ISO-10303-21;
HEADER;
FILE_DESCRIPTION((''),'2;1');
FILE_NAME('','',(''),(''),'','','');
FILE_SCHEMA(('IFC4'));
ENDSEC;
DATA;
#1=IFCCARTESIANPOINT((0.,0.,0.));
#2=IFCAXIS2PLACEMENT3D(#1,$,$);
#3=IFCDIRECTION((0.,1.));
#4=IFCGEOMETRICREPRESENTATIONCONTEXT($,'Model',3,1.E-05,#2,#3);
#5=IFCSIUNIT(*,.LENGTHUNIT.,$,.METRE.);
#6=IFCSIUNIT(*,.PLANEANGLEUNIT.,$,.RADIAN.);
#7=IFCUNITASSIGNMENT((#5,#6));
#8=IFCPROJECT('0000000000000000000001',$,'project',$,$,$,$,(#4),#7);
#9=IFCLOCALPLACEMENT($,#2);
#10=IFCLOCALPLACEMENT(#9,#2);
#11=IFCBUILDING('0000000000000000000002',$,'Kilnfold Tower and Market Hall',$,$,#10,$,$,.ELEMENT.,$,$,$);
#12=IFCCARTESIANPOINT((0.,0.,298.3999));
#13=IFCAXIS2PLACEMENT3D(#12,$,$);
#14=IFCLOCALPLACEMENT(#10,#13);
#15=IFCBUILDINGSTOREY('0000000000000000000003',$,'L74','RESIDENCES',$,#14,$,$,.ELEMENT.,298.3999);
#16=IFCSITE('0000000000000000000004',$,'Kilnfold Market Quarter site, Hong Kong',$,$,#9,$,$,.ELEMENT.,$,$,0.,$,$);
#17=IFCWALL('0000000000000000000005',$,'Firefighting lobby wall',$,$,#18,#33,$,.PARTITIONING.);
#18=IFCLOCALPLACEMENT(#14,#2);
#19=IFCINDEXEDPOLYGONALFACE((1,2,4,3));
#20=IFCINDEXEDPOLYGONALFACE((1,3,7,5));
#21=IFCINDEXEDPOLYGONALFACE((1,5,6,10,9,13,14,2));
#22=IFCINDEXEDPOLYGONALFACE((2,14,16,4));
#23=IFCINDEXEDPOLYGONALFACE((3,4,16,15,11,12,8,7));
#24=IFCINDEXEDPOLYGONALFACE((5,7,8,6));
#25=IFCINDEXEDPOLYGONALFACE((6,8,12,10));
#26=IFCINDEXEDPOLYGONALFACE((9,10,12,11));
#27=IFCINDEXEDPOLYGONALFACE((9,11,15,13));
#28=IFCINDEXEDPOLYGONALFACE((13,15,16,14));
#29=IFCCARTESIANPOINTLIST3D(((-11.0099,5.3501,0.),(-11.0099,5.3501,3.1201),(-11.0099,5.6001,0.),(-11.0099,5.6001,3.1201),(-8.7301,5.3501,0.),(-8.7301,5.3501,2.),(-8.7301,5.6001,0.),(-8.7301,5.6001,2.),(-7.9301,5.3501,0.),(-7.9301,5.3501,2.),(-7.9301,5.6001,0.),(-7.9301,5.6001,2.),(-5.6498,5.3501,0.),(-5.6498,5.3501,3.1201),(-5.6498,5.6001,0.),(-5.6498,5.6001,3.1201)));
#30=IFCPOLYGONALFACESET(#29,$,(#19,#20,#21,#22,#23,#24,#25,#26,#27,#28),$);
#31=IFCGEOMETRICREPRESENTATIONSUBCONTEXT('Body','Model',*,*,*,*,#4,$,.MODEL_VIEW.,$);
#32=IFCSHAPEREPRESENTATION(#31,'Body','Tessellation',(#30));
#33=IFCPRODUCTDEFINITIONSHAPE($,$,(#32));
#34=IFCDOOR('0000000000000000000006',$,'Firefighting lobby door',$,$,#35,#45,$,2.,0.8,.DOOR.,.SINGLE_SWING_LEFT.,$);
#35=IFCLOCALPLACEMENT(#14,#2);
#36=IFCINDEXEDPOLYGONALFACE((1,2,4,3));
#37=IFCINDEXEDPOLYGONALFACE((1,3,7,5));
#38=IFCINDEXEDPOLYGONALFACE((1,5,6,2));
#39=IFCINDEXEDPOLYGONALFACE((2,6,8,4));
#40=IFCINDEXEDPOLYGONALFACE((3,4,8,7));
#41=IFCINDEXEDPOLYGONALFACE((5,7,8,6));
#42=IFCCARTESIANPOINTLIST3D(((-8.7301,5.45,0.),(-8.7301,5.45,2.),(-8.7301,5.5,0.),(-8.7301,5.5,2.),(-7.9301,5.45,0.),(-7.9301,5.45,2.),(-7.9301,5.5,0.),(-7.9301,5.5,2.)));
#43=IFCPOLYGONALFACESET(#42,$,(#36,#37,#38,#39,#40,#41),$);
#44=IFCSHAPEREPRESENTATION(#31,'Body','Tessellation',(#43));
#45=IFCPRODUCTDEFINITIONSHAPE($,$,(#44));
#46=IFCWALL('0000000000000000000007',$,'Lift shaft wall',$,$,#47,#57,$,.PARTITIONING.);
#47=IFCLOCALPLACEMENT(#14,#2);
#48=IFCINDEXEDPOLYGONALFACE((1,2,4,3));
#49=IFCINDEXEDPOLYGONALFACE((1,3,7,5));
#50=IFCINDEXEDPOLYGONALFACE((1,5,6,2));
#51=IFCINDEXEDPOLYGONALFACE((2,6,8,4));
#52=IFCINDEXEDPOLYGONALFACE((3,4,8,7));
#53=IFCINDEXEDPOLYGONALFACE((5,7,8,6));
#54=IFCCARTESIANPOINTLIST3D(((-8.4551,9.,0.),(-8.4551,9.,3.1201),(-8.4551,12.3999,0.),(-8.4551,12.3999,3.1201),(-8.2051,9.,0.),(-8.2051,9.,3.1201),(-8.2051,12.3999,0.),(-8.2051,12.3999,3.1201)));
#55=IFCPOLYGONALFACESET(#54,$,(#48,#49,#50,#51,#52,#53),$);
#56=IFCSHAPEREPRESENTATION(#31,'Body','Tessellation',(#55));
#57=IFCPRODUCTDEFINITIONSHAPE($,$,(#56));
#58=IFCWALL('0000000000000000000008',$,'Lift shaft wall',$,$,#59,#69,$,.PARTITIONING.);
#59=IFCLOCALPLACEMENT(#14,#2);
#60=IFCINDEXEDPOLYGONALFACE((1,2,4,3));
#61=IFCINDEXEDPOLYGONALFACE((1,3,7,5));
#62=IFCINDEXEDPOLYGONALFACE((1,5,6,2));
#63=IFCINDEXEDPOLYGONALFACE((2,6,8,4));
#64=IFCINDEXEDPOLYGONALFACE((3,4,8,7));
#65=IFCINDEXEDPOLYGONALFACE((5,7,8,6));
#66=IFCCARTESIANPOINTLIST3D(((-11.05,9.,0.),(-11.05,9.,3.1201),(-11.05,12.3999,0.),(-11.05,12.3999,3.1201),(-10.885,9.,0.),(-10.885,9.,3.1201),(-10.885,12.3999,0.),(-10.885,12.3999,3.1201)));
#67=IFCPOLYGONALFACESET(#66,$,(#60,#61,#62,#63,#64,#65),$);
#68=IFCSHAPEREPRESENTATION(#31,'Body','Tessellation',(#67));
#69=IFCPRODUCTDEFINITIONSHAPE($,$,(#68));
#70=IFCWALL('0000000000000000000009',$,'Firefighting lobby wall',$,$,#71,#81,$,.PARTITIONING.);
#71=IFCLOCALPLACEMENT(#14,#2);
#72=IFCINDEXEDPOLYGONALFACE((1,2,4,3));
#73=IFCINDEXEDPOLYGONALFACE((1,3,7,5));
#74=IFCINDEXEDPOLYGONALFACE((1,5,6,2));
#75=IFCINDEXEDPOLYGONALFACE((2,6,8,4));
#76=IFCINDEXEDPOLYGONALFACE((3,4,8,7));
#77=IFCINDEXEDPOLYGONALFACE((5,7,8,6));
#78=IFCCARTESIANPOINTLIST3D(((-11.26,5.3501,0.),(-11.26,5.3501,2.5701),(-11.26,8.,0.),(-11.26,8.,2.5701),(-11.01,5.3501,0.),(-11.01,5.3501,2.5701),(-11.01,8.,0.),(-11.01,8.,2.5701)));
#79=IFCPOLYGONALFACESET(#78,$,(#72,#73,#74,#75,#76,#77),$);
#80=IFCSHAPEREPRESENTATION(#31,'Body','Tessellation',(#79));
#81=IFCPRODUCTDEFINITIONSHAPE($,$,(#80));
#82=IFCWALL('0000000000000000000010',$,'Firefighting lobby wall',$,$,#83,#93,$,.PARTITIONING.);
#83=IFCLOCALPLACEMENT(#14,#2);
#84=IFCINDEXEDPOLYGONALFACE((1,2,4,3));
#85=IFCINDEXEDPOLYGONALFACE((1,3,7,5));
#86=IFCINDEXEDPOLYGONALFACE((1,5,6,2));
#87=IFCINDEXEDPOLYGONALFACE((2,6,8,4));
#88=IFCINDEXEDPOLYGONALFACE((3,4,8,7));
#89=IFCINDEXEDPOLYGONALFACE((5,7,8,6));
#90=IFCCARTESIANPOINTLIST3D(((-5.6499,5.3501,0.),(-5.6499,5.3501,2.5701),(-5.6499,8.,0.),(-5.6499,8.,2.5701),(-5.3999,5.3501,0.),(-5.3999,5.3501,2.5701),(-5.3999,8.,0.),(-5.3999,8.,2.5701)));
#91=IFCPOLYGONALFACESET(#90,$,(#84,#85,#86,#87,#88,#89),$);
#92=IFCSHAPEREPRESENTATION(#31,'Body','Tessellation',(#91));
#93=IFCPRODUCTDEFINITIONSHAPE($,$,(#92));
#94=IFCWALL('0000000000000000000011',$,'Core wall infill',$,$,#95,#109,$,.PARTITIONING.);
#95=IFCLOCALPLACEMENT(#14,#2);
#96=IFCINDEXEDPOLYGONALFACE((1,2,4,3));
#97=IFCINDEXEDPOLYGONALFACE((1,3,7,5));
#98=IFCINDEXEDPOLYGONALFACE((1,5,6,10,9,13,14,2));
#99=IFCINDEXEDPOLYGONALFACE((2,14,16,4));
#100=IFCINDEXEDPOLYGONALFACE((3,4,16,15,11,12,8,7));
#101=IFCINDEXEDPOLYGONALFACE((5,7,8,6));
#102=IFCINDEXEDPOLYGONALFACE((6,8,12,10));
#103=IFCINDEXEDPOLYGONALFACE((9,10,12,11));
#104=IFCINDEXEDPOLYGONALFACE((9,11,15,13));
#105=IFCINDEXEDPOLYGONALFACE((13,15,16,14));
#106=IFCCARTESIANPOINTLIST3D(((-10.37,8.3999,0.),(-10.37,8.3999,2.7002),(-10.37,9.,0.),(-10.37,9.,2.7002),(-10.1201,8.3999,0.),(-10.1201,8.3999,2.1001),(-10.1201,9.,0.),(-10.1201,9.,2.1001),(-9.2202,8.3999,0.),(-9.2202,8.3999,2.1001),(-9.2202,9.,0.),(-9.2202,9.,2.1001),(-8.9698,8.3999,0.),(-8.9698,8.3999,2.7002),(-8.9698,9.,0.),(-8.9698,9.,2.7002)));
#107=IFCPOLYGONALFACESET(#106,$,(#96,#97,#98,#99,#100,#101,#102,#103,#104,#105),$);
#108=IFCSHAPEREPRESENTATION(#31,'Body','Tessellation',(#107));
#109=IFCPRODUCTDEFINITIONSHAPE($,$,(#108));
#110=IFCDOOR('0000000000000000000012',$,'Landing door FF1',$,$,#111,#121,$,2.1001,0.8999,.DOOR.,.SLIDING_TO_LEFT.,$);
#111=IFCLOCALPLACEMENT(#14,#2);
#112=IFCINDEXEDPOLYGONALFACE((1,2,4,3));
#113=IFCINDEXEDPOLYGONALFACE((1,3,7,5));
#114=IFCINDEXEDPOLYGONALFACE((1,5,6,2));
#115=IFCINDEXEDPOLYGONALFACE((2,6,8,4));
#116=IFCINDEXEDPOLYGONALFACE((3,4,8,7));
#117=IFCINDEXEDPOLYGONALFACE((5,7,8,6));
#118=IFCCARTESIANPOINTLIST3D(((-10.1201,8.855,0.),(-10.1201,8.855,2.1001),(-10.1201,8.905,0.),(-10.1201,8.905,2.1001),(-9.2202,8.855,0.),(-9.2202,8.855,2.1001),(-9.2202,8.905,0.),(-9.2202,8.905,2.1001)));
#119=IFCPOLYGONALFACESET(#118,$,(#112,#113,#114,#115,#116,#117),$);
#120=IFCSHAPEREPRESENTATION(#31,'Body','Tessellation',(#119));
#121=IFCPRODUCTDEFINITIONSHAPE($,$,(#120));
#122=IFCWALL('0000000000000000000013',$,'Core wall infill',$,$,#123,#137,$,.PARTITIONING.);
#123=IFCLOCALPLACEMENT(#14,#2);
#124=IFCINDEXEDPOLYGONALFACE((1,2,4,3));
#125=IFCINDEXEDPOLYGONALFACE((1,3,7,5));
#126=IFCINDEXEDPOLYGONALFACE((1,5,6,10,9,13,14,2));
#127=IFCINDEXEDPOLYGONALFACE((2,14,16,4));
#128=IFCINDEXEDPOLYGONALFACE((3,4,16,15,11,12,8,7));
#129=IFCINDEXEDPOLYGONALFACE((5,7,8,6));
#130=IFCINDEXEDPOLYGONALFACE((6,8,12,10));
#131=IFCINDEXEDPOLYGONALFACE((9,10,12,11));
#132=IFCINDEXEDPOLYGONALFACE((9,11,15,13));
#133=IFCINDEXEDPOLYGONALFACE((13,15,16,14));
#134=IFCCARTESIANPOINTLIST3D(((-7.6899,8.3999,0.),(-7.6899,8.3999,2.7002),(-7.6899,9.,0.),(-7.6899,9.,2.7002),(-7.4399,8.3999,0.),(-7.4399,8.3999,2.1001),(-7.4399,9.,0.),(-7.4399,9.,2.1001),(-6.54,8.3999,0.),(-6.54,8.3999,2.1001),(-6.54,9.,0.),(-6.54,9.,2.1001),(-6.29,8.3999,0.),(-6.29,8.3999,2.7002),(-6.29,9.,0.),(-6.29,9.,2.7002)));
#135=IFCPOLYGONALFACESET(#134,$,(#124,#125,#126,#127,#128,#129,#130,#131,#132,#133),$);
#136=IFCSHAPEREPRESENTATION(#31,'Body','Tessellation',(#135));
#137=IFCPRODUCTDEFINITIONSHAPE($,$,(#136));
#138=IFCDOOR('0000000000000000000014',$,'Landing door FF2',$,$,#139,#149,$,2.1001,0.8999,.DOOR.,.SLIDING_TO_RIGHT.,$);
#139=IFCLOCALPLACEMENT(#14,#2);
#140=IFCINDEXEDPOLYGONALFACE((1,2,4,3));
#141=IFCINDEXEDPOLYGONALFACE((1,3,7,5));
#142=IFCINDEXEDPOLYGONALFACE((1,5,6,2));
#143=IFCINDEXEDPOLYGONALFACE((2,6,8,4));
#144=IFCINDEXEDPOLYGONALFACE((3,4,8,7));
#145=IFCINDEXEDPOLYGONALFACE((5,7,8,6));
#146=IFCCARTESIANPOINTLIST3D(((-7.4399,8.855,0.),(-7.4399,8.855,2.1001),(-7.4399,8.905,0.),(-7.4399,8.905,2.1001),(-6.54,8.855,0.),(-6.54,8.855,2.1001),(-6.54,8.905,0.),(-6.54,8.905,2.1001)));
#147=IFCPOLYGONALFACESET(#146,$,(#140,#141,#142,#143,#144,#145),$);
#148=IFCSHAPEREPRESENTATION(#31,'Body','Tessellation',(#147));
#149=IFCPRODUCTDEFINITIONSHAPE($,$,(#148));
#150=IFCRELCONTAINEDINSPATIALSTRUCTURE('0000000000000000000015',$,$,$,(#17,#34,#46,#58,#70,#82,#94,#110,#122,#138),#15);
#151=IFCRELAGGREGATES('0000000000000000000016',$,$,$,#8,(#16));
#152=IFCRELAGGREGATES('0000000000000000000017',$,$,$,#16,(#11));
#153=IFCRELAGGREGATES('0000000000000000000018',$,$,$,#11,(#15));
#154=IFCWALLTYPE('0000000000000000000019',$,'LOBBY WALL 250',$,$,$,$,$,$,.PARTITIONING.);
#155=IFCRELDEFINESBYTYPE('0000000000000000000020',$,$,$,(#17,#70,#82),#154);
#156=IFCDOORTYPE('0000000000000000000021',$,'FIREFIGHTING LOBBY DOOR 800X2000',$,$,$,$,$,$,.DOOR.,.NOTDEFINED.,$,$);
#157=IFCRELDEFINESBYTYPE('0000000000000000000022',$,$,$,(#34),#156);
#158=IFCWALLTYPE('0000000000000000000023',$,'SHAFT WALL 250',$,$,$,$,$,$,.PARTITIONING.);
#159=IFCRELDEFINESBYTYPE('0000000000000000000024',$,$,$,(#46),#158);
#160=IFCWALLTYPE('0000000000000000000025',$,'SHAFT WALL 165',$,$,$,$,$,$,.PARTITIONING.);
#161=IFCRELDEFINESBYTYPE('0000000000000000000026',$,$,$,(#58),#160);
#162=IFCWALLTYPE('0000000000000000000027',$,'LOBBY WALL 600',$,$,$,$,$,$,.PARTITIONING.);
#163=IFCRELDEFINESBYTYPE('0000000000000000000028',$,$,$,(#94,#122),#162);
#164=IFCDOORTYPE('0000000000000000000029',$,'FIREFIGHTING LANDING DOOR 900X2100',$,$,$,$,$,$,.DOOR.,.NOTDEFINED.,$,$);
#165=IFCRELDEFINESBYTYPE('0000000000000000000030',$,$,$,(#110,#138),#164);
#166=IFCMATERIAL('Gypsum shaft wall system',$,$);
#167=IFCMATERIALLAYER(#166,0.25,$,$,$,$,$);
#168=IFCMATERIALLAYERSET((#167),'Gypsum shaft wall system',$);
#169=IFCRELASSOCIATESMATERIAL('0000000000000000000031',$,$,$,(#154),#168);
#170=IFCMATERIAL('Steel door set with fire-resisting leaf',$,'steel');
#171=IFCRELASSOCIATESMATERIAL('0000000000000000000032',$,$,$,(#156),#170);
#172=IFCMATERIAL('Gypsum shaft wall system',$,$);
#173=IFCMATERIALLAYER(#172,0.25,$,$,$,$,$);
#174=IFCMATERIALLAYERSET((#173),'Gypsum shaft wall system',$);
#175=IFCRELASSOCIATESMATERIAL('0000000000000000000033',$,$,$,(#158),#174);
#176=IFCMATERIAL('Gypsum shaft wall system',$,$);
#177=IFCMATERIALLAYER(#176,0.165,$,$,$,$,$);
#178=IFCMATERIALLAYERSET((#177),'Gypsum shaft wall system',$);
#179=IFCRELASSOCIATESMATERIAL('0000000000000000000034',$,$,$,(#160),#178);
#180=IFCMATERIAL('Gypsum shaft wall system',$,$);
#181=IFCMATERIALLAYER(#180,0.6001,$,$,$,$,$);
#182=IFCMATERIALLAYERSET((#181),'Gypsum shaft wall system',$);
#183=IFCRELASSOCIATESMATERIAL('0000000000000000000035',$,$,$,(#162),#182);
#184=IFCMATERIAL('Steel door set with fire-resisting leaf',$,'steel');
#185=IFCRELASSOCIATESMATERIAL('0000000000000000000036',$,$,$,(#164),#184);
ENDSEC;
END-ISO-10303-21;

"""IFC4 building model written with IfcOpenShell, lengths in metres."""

from ifc_helpers import new_model, si_unit, direction, frame, frame_2d, origin, place, context, subcontext, project, spatial, rectangle, extrude, source, transform, mapped, material, layer, layer_set, type_object, element, fill, save


model = new_model("IFC4")

# Units and contexts
model_context = context("Model", 3, precision=1e-05, world=origin(), true_north=direction((0.0, 1.0)))
body_context = subcontext(model_context, "Body", "Model", "MODEL_VIEW")
ifc_project = project(units=[si_unit("LENGTHUNIT", "METRE"), si_unit("PLANEANGLEUNIT", "RADIAN")], contexts=[model_context])

# Site, building, storey
site_placement = place(None, origin())
site = spatial("IfcSite", under=ifc_project, at=site_placement, Name="Kilnfold Market Quarter site, Hong Kong", CompositionType="ELEMENT", RefElevation=0.0)
building_placement = place(site_placement, origin())
building = spatial("IfcBuilding", under=site, at=building_placement, Name="Kilnfold Tower and Market Hall", CompositionType="ELEMENT")
storey_placement = place(building_placement, frame((0.0, 0.0, 298.3999)))
storey = spatial("IfcBuildingStorey", under=building, at=storey_placement, Name="L74", Description="RESIDENCES", CompositionType="ELEMENT", Elevation=298.3999)

# Wall, opening, door
ifc_material_1 = material(Name="Gypsum shaft wall system")
ifc_layer_1 = layer(ifc_material_1, 0.25)
ifc_layer_set_1 = layer_set([ifc_layer_1], Name="Gypsum shaft wall system")
wall_type_1 = type_object("IfcWallType", Name="LOBBY WALL 250", PredefinedType="PARTITIONING", material=ifc_layer_set_1)
shared_shape_1 = source(origin(), body_context, "Body", "SweptSolid", [
    extrude(rectangle(XDim=5.3601, YDim=0.25, at=frame_2d((2.6802, 0.0))), origin(), (0.0, 0.0, 1.0), 3.1201),
])
wall_1_placement = place(storey_placement, frame((-11.01, 5.4751, 0.0), z_axis=(0.0, 0.0, 1.0), x_axis=(1.0, 0.0, 0.0)))
wall_1 = element("IfcWall", 1, at=wall_1_placement, inside=storey, type_object=wall_type_1, Name="Firefighting lobby wall", PredefinedType="PARTITIONING", context=body_context, shape_type="MappedRepresentation", body=[
    mapped(shared_shape_1, transform((0.0, 0.0, 0.0))),
])
opening_1_placement = place(wall_1_placement, frame((2.28, 0.0, 0.0)))
opening_1 = element("IfcOpeningElement", 2, at=opening_1_placement, cuts=wall_1, PredefinedType="OPENING", context=body_context, shape_type="SweptSolid", body=[
    extrude(rectangle(XDim=0.8, YDim=2.0, at=frame_2d((0.3999, 1.0))), frame((0.0, 0.135, 0.0), z_axis=(0.0, -1.0, 0.0), x_axis=(1.0, 0.0, 0.0)), (0.0, 0.0, 1.0), 0.27),
])
ifc_material_2 = material(Name="Steel door set with fire-resisting leaf", Category="steel")
door_type_1 = type_object("IfcDoorType", Name="FIREFIGHTING LOBBY DOOR 800X2000", OperationType="NOTDEFINED", PredefinedType="DOOR", material=ifc_material_2)
door_1_placement = place(opening_1_placement, origin())
door_1 = element("IfcDoor", 3, at=door_1_placement, inside=storey, type_object=door_type_1, Name="Firefighting lobby door", OperationType="SINGLE_SWING_LEFT", OverallHeight=2.0, OverallWidth=0.8, PredefinedType="DOOR", context=body_context, shape_type="SweptSolid", body=[
    extrude(rectangle(XDim=0.8, YDim=2.0, at=frame_2d((0.3999, 1.0))), frame((0.0, 0.0249, 0.0), z_axis=(0.0, -1.0, 0.0), x_axis=(1.0, 0.0, 0.0)), (0.0, 0.0, 1.0), 0.05),
])
fill(opening_1, door_1)

# Walls
ifc_material_3 = material(Name="Gypsum shaft wall system")
ifc_layer_2 = layer(ifc_material_3, 0.25)
ifc_layer_set_2 = layer_set([ifc_layer_2], Name="Gypsum shaft wall system")
wall_type_2 = type_object("IfcWallType", Name="SHAFT WALL 250", PredefinedType="PARTITIONING", material=ifc_layer_set_2)
shared_shape_2 = source(origin(), body_context, "Body", "SweptSolid", [
    extrude(rectangle(XDim=3.3999, YDim=0.25, at=frame_2d((1.7, 0.0))), origin(), (0.0, 0.0, 1.0), 3.1201),
])
wall_2_placement = place(storey_placement, frame((-8.3301, 9.0, 0.0), z_axis=(0.0, 0.0, 1.0), x_axis=(0.0, 1.0, 0.0)))
element("IfcWall", 4, at=wall_2_placement, inside=storey, type_object=wall_type_2, Name="Lift shaft wall", PredefinedType="PARTITIONING", context=body_context, shape_type="MappedRepresentation", body=[
    mapped(shared_shape_2, transform((0.0, 0.0, 0.0))),
])
ifc_material_4 = material(Name="Gypsum shaft wall system")
ifc_layer_3 = layer(ifc_material_4, 0.165)
ifc_layer_set_3 = layer_set([ifc_layer_3], Name="Gypsum shaft wall system")
wall_type_3 = type_object("IfcWallType", Name="SHAFT WALL 165", PredefinedType="PARTITIONING", material=ifc_layer_set_3)
shared_shape_3 = source(origin(), body_context, "Body", "SweptSolid", [
    extrude(rectangle(XDim=3.3999, YDim=0.165, at=frame_2d((1.7, 0.0))), origin(), (0.0, 0.0, 1.0), 3.1201),
])
wall_3_placement = place(storey_placement, frame((-10.9675, 9.0, 0.0), z_axis=(0.0, 0.0, 1.0), x_axis=(0.0, 1.0, 0.0)))
element("IfcWall", 5, at=wall_3_placement, inside=storey, type_object=wall_type_3, Name="Lift shaft wall", PredefinedType="PARTITIONING", context=body_context, shape_type="MappedRepresentation", body=[
    mapped(shared_shape_3, transform((0.0, 0.0, 0.0))),
])
shared_shape_4 = source(origin(), body_context, "Body", "SweptSolid", [
    extrude(rectangle(XDim=2.6499, YDim=0.25, at=frame_2d((1.325, 0.0))), origin(), (0.0, 0.0, 1.0), 2.5701),
])
for number, where, z_axis, x_axis, name in (
    (6, (-11.135, 5.3501, 0.0), (0.0, 0.0, 1.0), (0.0, 1.0, 0.0), "Firefighting lobby wall"),
    (7, (-5.5249, 5.3501, 0.0), (0.0, 0.0, 1.0), (0.0, 1.0, 0.0), "Firefighting lobby wall"),
):
    element("IfcWall", number, at=place(storey_placement, frame(where, z_axis=z_axis, x_axis=x_axis)), inside=storey, type_object=wall_type_1, Name=name, PredefinedType="PARTITIONING", context=body_context, shape_type="MappedRepresentation", body=[
        mapped(shared_shape_4, transform((0.0, 0.0, 0.0))),
    ])

# Walls, openings, doors
ifc_material_5 = material(Name="Gypsum shaft wall system")
ifc_layer_4 = layer(ifc_material_5, 0.6001)
ifc_layer_set_4 = layer_set([ifc_layer_4], Name="Gypsum shaft wall system")
wall_type_4 = type_object("IfcWallType", Name="LOBBY WALL 600", PredefinedType="PARTITIONING", material=ifc_layer_set_4)
shared_shape_5 = source(origin(), body_context, "Body", "SweptSolid", [
    extrude(rectangle(XDim=1.4001, YDim=0.6001, at=frame_2d((0.7002, 0.0))), origin(), (0.0, 0.0, 1.0), 2.7002),
])
wall_4_placement = place(storey_placement, frame((-10.3701, 8.7, 0.0), z_axis=(0.0, 0.0, 1.0), x_axis=(1.0, 0.0, 0.0)))
wall_4 = element("IfcWall", 8, at=wall_4_placement, inside=storey, type_object=wall_type_4, Name="Core wall infill", PredefinedType="PARTITIONING", context=body_context, shape_type="MappedRepresentation", body=[
    mapped(shared_shape_5, transform((0.0, 0.0, 0.0))),
])
opening_2_placement = place(wall_4_placement, frame((0.25, 0.0, 0.0)))
opening_2 = element("IfcOpeningElement", 9, at=opening_2_placement, cuts=wall_4, PredefinedType="OPENING", context=body_context, shape_type="SweptSolid", body=[
    extrude(rectangle(XDim=0.8999, YDim=2.1001, at=frame_2d((0.45, 1.05))), frame((0.0, 0.3101, 0.0), z_axis=(0.0, -1.0, 0.0), x_axis=(1.0, 0.0, 0.0)), (0.0, 0.0, 1.0), 0.6201),
])
ifc_material_6 = material(Name="Steel door set with fire-resisting leaf", Category="steel")
door_type_2 = type_object("IfcDoorType", Name="FIREFIGHTING LANDING DOOR 900X2100", OperationType="NOTDEFINED", PredefinedType="DOOR", material=ifc_material_6)
door_2_placement = place(opening_2_placement, origin())
door_2 = element("IfcDoor", 10, at=door_2_placement, inside=storey, type_object=door_type_2, Name="Landing door FF1", OperationType="SLIDING_TO_LEFT", OverallHeight=2.1001, OverallWidth=0.8999, PredefinedType="DOOR", context=body_context, shape_type="SweptSolid", body=[
    extrude(rectangle(XDim=0.8999, YDim=2.1001, at=frame_2d((0.45, 1.05))), frame((0.0, 0.2051, 0.0), z_axis=(0.0, -1.0, 0.0), x_axis=(1.0, 0.0, 0.0)), (0.0, 0.0, 1.0), 0.05),
])
fill(opening_2, door_2)
shared_shape_6 = source(origin(), body_context, "Body", "SweptSolid", [
    extrude(rectangle(XDim=1.3999, YDim=0.6001, at=frame_2d((0.7, 0.0))), origin(), (0.0, 0.0, 1.0), 2.7002),
])
wall_5_placement = place(storey_placement, frame((-7.6899, 8.7, 0.0), z_axis=(0.0, 0.0, 1.0), x_axis=(1.0, 0.0, 0.0)))
wall_5 = element("IfcWall", 11, at=wall_5_placement, inside=storey, type_object=wall_type_4, Name="Core wall infill", PredefinedType="PARTITIONING", context=body_context, shape_type="MappedRepresentation", body=[
    mapped(shared_shape_6, transform((0.0, 0.0, 0.0))),
])
opening_3_placement = place(wall_5_placement, frame((0.25, 0.0, 0.0)))
opening_3 = element("IfcOpeningElement", 12, at=opening_3_placement, cuts=wall_5, PredefinedType="OPENING", context=body_context, shape_type="SweptSolid", body=[
    extrude(rectangle(XDim=0.8999, YDim=2.1001, at=frame_2d((0.45, 1.05))), frame((0.0, 0.3101, 0.0), z_axis=(0.0, -1.0, 0.0), x_axis=(1.0, 0.0, 0.0)), (0.0, 0.0, 1.0), 0.6201),
])
door_3_placement = place(opening_3_placement, origin())
door_3 = element("IfcDoor", 13, at=door_3_placement, inside=storey, type_object=door_type_2, Name="Landing door FF2", OperationType="SLIDING_TO_RIGHT", OverallHeight=2.1001, OverallWidth=0.8999, PredefinedType="DOOR", context=body_context, shape_type="SweptSolid", body=[
    extrude(rectangle(XDim=0.8999, YDim=2.1001, at=frame_2d((0.45, 1.05))), frame((0.0, 0.2051, 0.0), z_axis=(0.0, -1.0, 0.0), x_axis=(1.0, 0.0, 0.0)), (0.0, 0.0, 1.0), 0.05),
])
fill(opening_3, door_3)

save(model, "model.ifc")
